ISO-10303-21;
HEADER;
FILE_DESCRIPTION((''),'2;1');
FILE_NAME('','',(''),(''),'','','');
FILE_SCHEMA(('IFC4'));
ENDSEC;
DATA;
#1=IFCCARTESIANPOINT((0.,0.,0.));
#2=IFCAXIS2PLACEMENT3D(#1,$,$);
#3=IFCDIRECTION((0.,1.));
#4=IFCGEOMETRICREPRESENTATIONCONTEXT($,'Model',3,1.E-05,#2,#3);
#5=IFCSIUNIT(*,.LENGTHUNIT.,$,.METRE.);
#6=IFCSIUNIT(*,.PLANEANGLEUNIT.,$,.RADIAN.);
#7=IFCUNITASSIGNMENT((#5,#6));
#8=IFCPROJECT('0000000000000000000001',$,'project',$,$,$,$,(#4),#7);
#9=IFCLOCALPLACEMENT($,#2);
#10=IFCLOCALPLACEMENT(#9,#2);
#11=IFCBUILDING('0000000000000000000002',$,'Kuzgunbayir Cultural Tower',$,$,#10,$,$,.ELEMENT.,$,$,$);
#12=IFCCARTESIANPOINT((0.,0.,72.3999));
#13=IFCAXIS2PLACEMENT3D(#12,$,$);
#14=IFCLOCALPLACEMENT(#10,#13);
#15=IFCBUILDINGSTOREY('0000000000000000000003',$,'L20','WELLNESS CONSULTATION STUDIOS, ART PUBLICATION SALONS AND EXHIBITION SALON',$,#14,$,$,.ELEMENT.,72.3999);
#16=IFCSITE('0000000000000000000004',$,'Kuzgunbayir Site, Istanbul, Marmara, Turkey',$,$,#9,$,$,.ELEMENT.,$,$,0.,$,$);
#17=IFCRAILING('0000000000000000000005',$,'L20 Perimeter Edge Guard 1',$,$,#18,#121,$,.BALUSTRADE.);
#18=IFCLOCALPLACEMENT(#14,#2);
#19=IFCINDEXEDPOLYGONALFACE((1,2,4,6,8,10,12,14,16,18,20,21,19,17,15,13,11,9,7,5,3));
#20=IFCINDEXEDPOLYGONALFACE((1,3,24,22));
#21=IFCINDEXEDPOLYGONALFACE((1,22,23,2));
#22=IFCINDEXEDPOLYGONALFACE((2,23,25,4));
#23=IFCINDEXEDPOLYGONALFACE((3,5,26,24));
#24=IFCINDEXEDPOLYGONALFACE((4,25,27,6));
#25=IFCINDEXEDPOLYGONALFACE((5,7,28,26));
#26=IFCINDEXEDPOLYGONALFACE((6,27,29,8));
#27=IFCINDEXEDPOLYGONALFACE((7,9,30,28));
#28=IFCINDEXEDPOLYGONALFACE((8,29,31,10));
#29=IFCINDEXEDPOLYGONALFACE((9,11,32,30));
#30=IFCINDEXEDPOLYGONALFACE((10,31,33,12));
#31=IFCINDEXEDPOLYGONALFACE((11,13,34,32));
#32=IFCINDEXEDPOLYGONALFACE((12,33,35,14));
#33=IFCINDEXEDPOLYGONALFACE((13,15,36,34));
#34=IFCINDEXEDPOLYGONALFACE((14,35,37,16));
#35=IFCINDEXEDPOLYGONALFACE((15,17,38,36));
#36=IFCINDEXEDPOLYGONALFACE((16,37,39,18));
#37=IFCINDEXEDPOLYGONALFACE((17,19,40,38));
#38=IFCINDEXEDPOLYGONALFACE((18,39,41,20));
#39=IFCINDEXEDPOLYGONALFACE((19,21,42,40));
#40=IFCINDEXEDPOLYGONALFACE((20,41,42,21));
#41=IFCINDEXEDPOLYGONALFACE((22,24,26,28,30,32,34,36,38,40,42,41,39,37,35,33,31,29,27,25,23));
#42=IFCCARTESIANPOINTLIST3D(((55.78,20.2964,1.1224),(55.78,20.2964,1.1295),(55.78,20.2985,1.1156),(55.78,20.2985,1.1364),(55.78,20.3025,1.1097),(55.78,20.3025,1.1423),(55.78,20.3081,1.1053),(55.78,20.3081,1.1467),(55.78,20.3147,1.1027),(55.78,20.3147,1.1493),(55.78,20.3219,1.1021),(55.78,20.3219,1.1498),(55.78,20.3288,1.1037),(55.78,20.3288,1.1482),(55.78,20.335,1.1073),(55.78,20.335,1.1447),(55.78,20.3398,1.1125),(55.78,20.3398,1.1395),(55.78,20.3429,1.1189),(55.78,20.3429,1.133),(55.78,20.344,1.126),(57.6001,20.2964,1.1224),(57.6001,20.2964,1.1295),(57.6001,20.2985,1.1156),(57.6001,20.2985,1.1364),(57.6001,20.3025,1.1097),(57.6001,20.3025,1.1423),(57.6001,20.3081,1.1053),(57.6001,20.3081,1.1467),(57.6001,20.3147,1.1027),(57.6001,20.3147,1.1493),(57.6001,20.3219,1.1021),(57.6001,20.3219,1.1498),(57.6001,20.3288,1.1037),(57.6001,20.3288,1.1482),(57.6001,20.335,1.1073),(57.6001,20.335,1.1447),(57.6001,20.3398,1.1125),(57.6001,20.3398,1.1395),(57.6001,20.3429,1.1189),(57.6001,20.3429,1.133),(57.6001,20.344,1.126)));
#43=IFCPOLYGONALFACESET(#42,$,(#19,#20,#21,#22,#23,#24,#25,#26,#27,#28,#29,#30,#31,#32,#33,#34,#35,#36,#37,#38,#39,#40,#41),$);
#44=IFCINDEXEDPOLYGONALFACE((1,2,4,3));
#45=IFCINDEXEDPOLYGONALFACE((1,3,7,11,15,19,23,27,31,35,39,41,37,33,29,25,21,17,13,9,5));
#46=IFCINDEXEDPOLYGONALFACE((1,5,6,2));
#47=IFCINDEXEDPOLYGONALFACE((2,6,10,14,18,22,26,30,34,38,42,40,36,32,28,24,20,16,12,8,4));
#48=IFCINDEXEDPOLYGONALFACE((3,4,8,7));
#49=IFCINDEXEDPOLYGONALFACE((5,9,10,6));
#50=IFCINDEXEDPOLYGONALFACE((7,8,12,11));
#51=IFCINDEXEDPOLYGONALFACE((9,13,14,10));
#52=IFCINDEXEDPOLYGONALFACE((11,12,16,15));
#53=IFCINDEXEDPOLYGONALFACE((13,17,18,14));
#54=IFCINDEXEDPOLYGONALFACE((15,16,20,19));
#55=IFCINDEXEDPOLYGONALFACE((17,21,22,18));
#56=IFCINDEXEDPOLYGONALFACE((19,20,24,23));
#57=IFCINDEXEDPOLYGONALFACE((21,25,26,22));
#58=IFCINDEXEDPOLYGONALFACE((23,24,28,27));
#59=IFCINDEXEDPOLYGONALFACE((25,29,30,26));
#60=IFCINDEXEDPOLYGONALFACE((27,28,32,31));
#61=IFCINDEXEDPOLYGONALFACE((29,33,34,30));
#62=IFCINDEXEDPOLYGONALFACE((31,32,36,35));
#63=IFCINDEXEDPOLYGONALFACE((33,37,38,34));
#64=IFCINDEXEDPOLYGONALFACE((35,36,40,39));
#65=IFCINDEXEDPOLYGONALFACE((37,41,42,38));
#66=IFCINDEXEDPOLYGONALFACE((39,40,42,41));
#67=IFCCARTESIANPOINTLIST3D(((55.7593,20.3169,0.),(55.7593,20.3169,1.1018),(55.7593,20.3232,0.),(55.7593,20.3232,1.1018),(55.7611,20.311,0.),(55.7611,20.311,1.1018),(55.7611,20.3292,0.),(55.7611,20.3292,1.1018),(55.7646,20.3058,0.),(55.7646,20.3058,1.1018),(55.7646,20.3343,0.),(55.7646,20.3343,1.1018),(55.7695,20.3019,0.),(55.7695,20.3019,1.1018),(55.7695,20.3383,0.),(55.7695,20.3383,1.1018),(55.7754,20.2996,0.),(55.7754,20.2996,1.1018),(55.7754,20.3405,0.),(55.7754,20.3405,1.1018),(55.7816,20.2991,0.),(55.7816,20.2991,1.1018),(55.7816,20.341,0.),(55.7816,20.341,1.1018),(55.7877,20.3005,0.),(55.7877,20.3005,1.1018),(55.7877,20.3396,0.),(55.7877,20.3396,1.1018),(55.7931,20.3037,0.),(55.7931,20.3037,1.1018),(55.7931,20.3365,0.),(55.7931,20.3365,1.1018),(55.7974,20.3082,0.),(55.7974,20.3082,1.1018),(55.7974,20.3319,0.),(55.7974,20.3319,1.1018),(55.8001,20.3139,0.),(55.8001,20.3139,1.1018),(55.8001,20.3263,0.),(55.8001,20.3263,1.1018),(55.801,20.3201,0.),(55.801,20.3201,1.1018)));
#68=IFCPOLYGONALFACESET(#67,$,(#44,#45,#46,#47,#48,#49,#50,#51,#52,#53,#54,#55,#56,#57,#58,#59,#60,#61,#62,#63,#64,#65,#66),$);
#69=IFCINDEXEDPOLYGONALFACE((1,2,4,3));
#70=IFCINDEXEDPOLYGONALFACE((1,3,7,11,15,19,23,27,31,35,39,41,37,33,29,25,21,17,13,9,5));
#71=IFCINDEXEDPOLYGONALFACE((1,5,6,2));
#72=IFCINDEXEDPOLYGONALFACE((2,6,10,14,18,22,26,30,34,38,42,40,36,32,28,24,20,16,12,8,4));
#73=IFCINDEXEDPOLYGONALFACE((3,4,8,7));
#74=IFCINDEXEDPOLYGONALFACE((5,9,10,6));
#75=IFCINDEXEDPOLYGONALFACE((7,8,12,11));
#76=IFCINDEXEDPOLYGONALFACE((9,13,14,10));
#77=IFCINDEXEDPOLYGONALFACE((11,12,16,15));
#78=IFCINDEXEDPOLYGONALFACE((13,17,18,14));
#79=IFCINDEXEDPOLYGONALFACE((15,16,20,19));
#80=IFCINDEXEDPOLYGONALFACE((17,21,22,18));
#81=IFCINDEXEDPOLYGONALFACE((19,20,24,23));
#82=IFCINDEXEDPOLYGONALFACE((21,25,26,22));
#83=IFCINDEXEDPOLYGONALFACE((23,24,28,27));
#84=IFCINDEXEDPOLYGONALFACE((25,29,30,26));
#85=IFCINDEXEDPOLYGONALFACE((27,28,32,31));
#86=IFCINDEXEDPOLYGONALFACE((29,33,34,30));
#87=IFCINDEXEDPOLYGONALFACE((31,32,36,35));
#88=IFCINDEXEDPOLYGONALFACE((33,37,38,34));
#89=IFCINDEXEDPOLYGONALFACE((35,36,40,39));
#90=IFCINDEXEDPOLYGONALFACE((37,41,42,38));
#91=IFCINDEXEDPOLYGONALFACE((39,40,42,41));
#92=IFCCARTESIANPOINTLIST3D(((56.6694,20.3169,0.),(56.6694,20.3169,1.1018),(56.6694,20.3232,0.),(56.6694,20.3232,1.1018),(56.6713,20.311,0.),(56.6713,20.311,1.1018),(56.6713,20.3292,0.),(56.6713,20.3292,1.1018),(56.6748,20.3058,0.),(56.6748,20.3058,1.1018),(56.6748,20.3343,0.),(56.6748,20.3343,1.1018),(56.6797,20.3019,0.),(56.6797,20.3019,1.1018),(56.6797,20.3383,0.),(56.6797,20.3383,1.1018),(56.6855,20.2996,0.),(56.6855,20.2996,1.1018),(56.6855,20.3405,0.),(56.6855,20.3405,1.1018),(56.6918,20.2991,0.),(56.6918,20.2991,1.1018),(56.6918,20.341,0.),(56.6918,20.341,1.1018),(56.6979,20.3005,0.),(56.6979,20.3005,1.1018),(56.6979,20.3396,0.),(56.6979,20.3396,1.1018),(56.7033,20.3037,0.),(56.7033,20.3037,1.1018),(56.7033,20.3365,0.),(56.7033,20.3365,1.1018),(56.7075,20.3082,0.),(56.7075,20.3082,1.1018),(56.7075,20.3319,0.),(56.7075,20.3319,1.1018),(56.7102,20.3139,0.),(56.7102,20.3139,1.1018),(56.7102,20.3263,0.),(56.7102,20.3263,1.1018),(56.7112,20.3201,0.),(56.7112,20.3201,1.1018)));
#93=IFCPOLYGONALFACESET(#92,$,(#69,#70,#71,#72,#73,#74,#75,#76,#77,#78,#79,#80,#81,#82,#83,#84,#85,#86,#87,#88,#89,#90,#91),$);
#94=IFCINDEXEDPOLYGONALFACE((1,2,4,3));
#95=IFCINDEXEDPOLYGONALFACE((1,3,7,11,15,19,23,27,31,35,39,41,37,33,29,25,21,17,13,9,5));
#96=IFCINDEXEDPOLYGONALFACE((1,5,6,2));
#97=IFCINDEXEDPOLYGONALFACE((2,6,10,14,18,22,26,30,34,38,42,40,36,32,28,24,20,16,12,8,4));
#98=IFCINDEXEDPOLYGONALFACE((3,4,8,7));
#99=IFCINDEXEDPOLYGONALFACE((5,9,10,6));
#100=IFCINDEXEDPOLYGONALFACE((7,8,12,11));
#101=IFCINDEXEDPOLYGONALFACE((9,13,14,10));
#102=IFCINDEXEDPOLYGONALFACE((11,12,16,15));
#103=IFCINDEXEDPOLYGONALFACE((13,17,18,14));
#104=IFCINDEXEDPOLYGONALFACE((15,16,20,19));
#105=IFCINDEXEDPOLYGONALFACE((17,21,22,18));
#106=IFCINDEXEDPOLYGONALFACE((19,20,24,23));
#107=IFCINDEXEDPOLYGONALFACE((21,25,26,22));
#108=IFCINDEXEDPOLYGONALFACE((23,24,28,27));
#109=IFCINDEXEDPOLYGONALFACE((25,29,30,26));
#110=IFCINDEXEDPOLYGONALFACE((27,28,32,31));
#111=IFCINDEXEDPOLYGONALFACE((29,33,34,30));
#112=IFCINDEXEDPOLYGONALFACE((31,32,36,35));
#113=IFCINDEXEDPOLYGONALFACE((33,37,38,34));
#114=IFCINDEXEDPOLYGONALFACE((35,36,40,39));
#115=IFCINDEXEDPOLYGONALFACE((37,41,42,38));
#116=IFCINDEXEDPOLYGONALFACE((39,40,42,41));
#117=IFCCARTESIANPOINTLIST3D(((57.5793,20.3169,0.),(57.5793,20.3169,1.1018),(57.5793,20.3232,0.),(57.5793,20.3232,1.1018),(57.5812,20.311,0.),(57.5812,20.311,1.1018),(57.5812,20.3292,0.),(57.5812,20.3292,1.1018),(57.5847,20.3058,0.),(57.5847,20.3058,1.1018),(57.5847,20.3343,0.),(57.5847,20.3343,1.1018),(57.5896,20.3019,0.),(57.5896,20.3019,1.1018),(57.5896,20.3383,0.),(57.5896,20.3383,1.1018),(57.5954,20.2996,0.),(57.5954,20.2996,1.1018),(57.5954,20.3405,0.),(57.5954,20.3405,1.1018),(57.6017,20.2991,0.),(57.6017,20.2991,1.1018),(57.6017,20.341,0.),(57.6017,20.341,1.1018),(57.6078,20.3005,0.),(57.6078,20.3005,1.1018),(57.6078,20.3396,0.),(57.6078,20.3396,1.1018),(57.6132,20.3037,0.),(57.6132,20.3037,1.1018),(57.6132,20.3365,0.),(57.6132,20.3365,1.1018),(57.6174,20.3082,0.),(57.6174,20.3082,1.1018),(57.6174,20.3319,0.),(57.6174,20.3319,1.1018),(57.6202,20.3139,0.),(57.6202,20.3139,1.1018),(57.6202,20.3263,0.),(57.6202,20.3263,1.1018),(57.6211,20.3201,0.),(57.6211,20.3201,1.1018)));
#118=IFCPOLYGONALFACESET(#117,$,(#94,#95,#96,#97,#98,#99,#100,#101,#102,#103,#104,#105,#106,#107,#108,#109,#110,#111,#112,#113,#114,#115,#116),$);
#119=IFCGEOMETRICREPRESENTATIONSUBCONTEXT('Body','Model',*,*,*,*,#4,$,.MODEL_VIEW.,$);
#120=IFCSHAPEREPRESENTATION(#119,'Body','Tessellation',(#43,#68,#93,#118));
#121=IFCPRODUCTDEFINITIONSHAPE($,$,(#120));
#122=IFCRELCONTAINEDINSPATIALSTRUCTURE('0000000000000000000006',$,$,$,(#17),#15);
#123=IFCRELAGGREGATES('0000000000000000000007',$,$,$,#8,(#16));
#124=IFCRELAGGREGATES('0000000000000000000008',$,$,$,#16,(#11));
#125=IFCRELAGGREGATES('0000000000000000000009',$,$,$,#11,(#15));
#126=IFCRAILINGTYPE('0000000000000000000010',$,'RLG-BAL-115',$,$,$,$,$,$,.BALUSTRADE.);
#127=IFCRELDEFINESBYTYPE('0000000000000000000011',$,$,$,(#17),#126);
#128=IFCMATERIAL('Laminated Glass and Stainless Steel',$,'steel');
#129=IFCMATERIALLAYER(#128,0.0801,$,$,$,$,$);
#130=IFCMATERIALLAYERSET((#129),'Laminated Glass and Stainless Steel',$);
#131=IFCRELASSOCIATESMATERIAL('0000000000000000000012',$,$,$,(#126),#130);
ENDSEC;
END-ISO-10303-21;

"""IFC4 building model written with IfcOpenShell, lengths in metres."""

from ifc_helpers import new_model, si_unit, direction, frame, origin, origin_2d, place, context, subcontext, project, spatial, circle, extrude, material, layer, layer_set, type_object, element, save


model = new_model("IFC4")

# Units and contexts
model_context = context("Model", 3, precision=1e-05, world=origin(), true_north=direction((0.0, 1.0)))
body_context = subcontext(model_context, "Body", "Model", "MODEL_VIEW")
ifc_project = project(units=[si_unit("LENGTHUNIT", "METRE"), si_unit("PLANEANGLEUNIT", "RADIAN")], contexts=[model_context])

# Site, building, storey
site_placement = place(None, origin())
site = spatial("IfcSite", under=ifc_project, at=site_placement, Name="Kuzgunbayir Site, Istanbul, Marmara, Turkey", CompositionType="ELEMENT", RefElevation=0.0)
building_placement = place(site_placement, origin())
building = spatial("IfcBuilding", under=site, at=building_placement, Name="Kuzgunbayir Cultural Tower", CompositionType="ELEMENT")
storey_placement = place(building_placement, frame((0.0, 0.0, 72.3999)))
storey = spatial("IfcBuildingStorey", under=building, at=storey_placement, Name="L20", Description="WELLNESS CONSULTATION STUDIOS, ART PUBLICATION SALONS AND EXHIBITION SALON", CompositionType="ELEMENT", Elevation=72.3999)

# Railing
ifc_material_1 = material(Name="Laminated Glass and Stainless Steel", Category="steel")
ifc_layer_1 = layer(ifc_material_1, 0.0801)
ifc_layer_set_1 = layer_set([ifc_layer_1], Name="Laminated Glass and Stainless Steel")
railing_type = type_object("IfcRailingType", Name="RLG-BAL-115", PredefinedType="BALUSTRADE", material=ifc_layer_set_1)
railing_placement = place(storey_placement, frame((55.78, 20.3201, 0.0)))
element("IfcRailing", 1, at=railing_placement, inside=storey, type_object=railing_type, Name="L20 Perimeter Edge Guard 1", PredefinedType="BALUSTRADE", context=body_context, shape_type="SweptSolid", body=[
    extrude(circle(Radius=0.0239, at=origin_2d()), frame((0.0, 0.0, 1.126), z_axis=(1.0, 0.0, 0.0), x_axis=(0.0, 1.0, 0.0)), (0.0, 0.0, 1.0), 1.8201),
    extrude(circle(Radius=0.021, at=origin_2d()), origin(), (0.0, 0.0, 1.0), 1.1018),
    extrude(circle(Radius=0.021, at=origin_2d()), frame((0.9102, 0.0, 0.0)), (0.0, 0.0, 1.0), 1.1018),
    extrude(circle(Radius=0.021, at=origin_2d()), frame((1.8201, 0.0, 0.0)), (0.0, 0.0, 1.0), 1.1018),
])

save(model, "model.ifc")
